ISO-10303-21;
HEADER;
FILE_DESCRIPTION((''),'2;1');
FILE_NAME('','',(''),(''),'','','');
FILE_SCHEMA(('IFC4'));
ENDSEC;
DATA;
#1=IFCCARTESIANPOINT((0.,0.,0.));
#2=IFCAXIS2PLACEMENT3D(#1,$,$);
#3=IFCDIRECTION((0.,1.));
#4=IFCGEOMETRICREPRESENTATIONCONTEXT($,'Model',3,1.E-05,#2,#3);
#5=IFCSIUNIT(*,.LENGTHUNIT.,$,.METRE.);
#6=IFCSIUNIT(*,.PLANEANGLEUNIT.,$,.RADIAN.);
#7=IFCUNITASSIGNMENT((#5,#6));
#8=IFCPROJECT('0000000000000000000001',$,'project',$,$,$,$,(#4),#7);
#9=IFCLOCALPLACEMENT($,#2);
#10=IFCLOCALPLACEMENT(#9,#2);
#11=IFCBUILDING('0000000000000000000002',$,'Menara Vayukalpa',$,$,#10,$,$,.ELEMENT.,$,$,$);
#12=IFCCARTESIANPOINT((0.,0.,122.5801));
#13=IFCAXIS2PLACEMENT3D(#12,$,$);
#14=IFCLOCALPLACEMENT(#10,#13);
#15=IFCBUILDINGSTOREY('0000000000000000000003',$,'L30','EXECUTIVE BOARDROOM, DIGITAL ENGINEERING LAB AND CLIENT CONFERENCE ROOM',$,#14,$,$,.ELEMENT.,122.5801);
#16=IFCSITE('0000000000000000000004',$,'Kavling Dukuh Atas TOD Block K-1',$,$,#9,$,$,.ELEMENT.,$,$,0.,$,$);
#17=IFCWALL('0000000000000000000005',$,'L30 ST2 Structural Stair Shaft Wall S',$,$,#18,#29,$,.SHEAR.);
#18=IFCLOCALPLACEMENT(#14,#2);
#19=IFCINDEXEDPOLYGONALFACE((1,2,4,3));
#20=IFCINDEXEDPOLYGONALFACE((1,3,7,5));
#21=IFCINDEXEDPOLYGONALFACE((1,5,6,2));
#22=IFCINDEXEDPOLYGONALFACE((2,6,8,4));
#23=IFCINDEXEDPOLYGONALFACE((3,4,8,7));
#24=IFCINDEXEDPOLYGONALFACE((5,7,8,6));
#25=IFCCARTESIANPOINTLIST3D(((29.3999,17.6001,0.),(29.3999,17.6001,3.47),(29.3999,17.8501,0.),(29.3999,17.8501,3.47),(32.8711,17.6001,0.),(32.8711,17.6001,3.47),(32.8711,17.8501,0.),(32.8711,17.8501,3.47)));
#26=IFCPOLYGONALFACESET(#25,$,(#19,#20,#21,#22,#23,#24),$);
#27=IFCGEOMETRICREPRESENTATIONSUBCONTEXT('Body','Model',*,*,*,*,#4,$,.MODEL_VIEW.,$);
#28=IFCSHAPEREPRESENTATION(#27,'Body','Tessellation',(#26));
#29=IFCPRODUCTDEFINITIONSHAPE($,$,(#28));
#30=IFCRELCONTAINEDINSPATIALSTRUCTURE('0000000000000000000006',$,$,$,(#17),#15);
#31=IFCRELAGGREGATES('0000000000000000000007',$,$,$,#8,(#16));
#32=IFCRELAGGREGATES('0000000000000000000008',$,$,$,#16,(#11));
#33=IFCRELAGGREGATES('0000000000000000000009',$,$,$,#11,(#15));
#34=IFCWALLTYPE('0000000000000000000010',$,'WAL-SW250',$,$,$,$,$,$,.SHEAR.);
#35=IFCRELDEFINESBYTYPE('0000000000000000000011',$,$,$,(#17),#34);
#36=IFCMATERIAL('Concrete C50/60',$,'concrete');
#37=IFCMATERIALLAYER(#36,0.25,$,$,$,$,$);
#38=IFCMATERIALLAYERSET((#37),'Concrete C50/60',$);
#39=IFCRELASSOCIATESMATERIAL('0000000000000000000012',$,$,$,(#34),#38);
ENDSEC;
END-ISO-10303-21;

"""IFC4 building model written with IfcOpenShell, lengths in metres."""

from ifc_helpers import new_model, si_unit, direction, frame, frame_2d, origin, place, context, subcontext, project, spatial, rectangle, extrude, material, layer, layer_set, type_object, element, save


model = new_model("IFC4")

# Units and contexts
model_context = context("Model", 3, precision=1e-05, world=origin(), true_north=direction((0.0, 1.0)))
body_context = subcontext(model_context, "Body", "Model", "MODEL_VIEW")
ifc_project = project(units=[si_unit("LENGTHUNIT", "METRE"), si_unit("PLANEANGLEUNIT", "RADIAN")], contexts=[model_context])

# Site, building, storey
site_placement = place(None, origin())
site = spatial("IfcSite", under=ifc_project, at=site_placement, Name="Kavling Dukuh Atas TOD Block K-1", CompositionType="ELEMENT", RefElevation=0.0)
building_placement = place(site_placement, origin())
building = spatial("IfcBuilding", under=site, at=building_placement, Name="Menara Vayukalpa", CompositionType="ELEMENT")
storey_placement = place(building_placement, frame((0.0, 0.0, 122.5801)))
storey = spatial("IfcBuildingStorey", under=building, at=storey_placement, Name="L30", Description="EXECUTIVE BOARDROOM, DIGITAL ENGINEERING LAB AND CLIENT CONFERENCE ROOM", CompositionType="ELEMENT", Elevation=122.5801)

# Shared definitions
ifc_material_1 = material(Name="Concrete C50/60", Category="concrete")
ifc_layer_1 = layer(ifc_material_1, 0.25)
ifc_layer_set_1 = layer_set([ifc_layer_1], Name="Concrete C50/60")
wall_type_1 = type_object("IfcWallType", Name="WAL-SW250", PredefinedType="SHEAR", material=ifc_layer_set_1)

# Wall
wall_1_placement = place(storey_placement, frame((29.3999, 17.7251, 0.0), z_axis=(0.0, 0.0, 1.0), x_axis=(1.0, 0.0, 0.0)))
element("IfcWall", 1, at=wall_1_placement, inside=storey, type_object=wall_type_1, Name="L30 ST2 Structural Stair Shaft Wall S", PredefinedType="SHEAR", context=body_context, shape_type="SweptSolid", body=[
    extrude(rectangle(XDim=3.4712, YDim=0.25, at=frame_2d((1.7356, 0.0))), origin(), (0.0, 0.0, 1.0), 3.47),
])

save(model, "model.ifc")
